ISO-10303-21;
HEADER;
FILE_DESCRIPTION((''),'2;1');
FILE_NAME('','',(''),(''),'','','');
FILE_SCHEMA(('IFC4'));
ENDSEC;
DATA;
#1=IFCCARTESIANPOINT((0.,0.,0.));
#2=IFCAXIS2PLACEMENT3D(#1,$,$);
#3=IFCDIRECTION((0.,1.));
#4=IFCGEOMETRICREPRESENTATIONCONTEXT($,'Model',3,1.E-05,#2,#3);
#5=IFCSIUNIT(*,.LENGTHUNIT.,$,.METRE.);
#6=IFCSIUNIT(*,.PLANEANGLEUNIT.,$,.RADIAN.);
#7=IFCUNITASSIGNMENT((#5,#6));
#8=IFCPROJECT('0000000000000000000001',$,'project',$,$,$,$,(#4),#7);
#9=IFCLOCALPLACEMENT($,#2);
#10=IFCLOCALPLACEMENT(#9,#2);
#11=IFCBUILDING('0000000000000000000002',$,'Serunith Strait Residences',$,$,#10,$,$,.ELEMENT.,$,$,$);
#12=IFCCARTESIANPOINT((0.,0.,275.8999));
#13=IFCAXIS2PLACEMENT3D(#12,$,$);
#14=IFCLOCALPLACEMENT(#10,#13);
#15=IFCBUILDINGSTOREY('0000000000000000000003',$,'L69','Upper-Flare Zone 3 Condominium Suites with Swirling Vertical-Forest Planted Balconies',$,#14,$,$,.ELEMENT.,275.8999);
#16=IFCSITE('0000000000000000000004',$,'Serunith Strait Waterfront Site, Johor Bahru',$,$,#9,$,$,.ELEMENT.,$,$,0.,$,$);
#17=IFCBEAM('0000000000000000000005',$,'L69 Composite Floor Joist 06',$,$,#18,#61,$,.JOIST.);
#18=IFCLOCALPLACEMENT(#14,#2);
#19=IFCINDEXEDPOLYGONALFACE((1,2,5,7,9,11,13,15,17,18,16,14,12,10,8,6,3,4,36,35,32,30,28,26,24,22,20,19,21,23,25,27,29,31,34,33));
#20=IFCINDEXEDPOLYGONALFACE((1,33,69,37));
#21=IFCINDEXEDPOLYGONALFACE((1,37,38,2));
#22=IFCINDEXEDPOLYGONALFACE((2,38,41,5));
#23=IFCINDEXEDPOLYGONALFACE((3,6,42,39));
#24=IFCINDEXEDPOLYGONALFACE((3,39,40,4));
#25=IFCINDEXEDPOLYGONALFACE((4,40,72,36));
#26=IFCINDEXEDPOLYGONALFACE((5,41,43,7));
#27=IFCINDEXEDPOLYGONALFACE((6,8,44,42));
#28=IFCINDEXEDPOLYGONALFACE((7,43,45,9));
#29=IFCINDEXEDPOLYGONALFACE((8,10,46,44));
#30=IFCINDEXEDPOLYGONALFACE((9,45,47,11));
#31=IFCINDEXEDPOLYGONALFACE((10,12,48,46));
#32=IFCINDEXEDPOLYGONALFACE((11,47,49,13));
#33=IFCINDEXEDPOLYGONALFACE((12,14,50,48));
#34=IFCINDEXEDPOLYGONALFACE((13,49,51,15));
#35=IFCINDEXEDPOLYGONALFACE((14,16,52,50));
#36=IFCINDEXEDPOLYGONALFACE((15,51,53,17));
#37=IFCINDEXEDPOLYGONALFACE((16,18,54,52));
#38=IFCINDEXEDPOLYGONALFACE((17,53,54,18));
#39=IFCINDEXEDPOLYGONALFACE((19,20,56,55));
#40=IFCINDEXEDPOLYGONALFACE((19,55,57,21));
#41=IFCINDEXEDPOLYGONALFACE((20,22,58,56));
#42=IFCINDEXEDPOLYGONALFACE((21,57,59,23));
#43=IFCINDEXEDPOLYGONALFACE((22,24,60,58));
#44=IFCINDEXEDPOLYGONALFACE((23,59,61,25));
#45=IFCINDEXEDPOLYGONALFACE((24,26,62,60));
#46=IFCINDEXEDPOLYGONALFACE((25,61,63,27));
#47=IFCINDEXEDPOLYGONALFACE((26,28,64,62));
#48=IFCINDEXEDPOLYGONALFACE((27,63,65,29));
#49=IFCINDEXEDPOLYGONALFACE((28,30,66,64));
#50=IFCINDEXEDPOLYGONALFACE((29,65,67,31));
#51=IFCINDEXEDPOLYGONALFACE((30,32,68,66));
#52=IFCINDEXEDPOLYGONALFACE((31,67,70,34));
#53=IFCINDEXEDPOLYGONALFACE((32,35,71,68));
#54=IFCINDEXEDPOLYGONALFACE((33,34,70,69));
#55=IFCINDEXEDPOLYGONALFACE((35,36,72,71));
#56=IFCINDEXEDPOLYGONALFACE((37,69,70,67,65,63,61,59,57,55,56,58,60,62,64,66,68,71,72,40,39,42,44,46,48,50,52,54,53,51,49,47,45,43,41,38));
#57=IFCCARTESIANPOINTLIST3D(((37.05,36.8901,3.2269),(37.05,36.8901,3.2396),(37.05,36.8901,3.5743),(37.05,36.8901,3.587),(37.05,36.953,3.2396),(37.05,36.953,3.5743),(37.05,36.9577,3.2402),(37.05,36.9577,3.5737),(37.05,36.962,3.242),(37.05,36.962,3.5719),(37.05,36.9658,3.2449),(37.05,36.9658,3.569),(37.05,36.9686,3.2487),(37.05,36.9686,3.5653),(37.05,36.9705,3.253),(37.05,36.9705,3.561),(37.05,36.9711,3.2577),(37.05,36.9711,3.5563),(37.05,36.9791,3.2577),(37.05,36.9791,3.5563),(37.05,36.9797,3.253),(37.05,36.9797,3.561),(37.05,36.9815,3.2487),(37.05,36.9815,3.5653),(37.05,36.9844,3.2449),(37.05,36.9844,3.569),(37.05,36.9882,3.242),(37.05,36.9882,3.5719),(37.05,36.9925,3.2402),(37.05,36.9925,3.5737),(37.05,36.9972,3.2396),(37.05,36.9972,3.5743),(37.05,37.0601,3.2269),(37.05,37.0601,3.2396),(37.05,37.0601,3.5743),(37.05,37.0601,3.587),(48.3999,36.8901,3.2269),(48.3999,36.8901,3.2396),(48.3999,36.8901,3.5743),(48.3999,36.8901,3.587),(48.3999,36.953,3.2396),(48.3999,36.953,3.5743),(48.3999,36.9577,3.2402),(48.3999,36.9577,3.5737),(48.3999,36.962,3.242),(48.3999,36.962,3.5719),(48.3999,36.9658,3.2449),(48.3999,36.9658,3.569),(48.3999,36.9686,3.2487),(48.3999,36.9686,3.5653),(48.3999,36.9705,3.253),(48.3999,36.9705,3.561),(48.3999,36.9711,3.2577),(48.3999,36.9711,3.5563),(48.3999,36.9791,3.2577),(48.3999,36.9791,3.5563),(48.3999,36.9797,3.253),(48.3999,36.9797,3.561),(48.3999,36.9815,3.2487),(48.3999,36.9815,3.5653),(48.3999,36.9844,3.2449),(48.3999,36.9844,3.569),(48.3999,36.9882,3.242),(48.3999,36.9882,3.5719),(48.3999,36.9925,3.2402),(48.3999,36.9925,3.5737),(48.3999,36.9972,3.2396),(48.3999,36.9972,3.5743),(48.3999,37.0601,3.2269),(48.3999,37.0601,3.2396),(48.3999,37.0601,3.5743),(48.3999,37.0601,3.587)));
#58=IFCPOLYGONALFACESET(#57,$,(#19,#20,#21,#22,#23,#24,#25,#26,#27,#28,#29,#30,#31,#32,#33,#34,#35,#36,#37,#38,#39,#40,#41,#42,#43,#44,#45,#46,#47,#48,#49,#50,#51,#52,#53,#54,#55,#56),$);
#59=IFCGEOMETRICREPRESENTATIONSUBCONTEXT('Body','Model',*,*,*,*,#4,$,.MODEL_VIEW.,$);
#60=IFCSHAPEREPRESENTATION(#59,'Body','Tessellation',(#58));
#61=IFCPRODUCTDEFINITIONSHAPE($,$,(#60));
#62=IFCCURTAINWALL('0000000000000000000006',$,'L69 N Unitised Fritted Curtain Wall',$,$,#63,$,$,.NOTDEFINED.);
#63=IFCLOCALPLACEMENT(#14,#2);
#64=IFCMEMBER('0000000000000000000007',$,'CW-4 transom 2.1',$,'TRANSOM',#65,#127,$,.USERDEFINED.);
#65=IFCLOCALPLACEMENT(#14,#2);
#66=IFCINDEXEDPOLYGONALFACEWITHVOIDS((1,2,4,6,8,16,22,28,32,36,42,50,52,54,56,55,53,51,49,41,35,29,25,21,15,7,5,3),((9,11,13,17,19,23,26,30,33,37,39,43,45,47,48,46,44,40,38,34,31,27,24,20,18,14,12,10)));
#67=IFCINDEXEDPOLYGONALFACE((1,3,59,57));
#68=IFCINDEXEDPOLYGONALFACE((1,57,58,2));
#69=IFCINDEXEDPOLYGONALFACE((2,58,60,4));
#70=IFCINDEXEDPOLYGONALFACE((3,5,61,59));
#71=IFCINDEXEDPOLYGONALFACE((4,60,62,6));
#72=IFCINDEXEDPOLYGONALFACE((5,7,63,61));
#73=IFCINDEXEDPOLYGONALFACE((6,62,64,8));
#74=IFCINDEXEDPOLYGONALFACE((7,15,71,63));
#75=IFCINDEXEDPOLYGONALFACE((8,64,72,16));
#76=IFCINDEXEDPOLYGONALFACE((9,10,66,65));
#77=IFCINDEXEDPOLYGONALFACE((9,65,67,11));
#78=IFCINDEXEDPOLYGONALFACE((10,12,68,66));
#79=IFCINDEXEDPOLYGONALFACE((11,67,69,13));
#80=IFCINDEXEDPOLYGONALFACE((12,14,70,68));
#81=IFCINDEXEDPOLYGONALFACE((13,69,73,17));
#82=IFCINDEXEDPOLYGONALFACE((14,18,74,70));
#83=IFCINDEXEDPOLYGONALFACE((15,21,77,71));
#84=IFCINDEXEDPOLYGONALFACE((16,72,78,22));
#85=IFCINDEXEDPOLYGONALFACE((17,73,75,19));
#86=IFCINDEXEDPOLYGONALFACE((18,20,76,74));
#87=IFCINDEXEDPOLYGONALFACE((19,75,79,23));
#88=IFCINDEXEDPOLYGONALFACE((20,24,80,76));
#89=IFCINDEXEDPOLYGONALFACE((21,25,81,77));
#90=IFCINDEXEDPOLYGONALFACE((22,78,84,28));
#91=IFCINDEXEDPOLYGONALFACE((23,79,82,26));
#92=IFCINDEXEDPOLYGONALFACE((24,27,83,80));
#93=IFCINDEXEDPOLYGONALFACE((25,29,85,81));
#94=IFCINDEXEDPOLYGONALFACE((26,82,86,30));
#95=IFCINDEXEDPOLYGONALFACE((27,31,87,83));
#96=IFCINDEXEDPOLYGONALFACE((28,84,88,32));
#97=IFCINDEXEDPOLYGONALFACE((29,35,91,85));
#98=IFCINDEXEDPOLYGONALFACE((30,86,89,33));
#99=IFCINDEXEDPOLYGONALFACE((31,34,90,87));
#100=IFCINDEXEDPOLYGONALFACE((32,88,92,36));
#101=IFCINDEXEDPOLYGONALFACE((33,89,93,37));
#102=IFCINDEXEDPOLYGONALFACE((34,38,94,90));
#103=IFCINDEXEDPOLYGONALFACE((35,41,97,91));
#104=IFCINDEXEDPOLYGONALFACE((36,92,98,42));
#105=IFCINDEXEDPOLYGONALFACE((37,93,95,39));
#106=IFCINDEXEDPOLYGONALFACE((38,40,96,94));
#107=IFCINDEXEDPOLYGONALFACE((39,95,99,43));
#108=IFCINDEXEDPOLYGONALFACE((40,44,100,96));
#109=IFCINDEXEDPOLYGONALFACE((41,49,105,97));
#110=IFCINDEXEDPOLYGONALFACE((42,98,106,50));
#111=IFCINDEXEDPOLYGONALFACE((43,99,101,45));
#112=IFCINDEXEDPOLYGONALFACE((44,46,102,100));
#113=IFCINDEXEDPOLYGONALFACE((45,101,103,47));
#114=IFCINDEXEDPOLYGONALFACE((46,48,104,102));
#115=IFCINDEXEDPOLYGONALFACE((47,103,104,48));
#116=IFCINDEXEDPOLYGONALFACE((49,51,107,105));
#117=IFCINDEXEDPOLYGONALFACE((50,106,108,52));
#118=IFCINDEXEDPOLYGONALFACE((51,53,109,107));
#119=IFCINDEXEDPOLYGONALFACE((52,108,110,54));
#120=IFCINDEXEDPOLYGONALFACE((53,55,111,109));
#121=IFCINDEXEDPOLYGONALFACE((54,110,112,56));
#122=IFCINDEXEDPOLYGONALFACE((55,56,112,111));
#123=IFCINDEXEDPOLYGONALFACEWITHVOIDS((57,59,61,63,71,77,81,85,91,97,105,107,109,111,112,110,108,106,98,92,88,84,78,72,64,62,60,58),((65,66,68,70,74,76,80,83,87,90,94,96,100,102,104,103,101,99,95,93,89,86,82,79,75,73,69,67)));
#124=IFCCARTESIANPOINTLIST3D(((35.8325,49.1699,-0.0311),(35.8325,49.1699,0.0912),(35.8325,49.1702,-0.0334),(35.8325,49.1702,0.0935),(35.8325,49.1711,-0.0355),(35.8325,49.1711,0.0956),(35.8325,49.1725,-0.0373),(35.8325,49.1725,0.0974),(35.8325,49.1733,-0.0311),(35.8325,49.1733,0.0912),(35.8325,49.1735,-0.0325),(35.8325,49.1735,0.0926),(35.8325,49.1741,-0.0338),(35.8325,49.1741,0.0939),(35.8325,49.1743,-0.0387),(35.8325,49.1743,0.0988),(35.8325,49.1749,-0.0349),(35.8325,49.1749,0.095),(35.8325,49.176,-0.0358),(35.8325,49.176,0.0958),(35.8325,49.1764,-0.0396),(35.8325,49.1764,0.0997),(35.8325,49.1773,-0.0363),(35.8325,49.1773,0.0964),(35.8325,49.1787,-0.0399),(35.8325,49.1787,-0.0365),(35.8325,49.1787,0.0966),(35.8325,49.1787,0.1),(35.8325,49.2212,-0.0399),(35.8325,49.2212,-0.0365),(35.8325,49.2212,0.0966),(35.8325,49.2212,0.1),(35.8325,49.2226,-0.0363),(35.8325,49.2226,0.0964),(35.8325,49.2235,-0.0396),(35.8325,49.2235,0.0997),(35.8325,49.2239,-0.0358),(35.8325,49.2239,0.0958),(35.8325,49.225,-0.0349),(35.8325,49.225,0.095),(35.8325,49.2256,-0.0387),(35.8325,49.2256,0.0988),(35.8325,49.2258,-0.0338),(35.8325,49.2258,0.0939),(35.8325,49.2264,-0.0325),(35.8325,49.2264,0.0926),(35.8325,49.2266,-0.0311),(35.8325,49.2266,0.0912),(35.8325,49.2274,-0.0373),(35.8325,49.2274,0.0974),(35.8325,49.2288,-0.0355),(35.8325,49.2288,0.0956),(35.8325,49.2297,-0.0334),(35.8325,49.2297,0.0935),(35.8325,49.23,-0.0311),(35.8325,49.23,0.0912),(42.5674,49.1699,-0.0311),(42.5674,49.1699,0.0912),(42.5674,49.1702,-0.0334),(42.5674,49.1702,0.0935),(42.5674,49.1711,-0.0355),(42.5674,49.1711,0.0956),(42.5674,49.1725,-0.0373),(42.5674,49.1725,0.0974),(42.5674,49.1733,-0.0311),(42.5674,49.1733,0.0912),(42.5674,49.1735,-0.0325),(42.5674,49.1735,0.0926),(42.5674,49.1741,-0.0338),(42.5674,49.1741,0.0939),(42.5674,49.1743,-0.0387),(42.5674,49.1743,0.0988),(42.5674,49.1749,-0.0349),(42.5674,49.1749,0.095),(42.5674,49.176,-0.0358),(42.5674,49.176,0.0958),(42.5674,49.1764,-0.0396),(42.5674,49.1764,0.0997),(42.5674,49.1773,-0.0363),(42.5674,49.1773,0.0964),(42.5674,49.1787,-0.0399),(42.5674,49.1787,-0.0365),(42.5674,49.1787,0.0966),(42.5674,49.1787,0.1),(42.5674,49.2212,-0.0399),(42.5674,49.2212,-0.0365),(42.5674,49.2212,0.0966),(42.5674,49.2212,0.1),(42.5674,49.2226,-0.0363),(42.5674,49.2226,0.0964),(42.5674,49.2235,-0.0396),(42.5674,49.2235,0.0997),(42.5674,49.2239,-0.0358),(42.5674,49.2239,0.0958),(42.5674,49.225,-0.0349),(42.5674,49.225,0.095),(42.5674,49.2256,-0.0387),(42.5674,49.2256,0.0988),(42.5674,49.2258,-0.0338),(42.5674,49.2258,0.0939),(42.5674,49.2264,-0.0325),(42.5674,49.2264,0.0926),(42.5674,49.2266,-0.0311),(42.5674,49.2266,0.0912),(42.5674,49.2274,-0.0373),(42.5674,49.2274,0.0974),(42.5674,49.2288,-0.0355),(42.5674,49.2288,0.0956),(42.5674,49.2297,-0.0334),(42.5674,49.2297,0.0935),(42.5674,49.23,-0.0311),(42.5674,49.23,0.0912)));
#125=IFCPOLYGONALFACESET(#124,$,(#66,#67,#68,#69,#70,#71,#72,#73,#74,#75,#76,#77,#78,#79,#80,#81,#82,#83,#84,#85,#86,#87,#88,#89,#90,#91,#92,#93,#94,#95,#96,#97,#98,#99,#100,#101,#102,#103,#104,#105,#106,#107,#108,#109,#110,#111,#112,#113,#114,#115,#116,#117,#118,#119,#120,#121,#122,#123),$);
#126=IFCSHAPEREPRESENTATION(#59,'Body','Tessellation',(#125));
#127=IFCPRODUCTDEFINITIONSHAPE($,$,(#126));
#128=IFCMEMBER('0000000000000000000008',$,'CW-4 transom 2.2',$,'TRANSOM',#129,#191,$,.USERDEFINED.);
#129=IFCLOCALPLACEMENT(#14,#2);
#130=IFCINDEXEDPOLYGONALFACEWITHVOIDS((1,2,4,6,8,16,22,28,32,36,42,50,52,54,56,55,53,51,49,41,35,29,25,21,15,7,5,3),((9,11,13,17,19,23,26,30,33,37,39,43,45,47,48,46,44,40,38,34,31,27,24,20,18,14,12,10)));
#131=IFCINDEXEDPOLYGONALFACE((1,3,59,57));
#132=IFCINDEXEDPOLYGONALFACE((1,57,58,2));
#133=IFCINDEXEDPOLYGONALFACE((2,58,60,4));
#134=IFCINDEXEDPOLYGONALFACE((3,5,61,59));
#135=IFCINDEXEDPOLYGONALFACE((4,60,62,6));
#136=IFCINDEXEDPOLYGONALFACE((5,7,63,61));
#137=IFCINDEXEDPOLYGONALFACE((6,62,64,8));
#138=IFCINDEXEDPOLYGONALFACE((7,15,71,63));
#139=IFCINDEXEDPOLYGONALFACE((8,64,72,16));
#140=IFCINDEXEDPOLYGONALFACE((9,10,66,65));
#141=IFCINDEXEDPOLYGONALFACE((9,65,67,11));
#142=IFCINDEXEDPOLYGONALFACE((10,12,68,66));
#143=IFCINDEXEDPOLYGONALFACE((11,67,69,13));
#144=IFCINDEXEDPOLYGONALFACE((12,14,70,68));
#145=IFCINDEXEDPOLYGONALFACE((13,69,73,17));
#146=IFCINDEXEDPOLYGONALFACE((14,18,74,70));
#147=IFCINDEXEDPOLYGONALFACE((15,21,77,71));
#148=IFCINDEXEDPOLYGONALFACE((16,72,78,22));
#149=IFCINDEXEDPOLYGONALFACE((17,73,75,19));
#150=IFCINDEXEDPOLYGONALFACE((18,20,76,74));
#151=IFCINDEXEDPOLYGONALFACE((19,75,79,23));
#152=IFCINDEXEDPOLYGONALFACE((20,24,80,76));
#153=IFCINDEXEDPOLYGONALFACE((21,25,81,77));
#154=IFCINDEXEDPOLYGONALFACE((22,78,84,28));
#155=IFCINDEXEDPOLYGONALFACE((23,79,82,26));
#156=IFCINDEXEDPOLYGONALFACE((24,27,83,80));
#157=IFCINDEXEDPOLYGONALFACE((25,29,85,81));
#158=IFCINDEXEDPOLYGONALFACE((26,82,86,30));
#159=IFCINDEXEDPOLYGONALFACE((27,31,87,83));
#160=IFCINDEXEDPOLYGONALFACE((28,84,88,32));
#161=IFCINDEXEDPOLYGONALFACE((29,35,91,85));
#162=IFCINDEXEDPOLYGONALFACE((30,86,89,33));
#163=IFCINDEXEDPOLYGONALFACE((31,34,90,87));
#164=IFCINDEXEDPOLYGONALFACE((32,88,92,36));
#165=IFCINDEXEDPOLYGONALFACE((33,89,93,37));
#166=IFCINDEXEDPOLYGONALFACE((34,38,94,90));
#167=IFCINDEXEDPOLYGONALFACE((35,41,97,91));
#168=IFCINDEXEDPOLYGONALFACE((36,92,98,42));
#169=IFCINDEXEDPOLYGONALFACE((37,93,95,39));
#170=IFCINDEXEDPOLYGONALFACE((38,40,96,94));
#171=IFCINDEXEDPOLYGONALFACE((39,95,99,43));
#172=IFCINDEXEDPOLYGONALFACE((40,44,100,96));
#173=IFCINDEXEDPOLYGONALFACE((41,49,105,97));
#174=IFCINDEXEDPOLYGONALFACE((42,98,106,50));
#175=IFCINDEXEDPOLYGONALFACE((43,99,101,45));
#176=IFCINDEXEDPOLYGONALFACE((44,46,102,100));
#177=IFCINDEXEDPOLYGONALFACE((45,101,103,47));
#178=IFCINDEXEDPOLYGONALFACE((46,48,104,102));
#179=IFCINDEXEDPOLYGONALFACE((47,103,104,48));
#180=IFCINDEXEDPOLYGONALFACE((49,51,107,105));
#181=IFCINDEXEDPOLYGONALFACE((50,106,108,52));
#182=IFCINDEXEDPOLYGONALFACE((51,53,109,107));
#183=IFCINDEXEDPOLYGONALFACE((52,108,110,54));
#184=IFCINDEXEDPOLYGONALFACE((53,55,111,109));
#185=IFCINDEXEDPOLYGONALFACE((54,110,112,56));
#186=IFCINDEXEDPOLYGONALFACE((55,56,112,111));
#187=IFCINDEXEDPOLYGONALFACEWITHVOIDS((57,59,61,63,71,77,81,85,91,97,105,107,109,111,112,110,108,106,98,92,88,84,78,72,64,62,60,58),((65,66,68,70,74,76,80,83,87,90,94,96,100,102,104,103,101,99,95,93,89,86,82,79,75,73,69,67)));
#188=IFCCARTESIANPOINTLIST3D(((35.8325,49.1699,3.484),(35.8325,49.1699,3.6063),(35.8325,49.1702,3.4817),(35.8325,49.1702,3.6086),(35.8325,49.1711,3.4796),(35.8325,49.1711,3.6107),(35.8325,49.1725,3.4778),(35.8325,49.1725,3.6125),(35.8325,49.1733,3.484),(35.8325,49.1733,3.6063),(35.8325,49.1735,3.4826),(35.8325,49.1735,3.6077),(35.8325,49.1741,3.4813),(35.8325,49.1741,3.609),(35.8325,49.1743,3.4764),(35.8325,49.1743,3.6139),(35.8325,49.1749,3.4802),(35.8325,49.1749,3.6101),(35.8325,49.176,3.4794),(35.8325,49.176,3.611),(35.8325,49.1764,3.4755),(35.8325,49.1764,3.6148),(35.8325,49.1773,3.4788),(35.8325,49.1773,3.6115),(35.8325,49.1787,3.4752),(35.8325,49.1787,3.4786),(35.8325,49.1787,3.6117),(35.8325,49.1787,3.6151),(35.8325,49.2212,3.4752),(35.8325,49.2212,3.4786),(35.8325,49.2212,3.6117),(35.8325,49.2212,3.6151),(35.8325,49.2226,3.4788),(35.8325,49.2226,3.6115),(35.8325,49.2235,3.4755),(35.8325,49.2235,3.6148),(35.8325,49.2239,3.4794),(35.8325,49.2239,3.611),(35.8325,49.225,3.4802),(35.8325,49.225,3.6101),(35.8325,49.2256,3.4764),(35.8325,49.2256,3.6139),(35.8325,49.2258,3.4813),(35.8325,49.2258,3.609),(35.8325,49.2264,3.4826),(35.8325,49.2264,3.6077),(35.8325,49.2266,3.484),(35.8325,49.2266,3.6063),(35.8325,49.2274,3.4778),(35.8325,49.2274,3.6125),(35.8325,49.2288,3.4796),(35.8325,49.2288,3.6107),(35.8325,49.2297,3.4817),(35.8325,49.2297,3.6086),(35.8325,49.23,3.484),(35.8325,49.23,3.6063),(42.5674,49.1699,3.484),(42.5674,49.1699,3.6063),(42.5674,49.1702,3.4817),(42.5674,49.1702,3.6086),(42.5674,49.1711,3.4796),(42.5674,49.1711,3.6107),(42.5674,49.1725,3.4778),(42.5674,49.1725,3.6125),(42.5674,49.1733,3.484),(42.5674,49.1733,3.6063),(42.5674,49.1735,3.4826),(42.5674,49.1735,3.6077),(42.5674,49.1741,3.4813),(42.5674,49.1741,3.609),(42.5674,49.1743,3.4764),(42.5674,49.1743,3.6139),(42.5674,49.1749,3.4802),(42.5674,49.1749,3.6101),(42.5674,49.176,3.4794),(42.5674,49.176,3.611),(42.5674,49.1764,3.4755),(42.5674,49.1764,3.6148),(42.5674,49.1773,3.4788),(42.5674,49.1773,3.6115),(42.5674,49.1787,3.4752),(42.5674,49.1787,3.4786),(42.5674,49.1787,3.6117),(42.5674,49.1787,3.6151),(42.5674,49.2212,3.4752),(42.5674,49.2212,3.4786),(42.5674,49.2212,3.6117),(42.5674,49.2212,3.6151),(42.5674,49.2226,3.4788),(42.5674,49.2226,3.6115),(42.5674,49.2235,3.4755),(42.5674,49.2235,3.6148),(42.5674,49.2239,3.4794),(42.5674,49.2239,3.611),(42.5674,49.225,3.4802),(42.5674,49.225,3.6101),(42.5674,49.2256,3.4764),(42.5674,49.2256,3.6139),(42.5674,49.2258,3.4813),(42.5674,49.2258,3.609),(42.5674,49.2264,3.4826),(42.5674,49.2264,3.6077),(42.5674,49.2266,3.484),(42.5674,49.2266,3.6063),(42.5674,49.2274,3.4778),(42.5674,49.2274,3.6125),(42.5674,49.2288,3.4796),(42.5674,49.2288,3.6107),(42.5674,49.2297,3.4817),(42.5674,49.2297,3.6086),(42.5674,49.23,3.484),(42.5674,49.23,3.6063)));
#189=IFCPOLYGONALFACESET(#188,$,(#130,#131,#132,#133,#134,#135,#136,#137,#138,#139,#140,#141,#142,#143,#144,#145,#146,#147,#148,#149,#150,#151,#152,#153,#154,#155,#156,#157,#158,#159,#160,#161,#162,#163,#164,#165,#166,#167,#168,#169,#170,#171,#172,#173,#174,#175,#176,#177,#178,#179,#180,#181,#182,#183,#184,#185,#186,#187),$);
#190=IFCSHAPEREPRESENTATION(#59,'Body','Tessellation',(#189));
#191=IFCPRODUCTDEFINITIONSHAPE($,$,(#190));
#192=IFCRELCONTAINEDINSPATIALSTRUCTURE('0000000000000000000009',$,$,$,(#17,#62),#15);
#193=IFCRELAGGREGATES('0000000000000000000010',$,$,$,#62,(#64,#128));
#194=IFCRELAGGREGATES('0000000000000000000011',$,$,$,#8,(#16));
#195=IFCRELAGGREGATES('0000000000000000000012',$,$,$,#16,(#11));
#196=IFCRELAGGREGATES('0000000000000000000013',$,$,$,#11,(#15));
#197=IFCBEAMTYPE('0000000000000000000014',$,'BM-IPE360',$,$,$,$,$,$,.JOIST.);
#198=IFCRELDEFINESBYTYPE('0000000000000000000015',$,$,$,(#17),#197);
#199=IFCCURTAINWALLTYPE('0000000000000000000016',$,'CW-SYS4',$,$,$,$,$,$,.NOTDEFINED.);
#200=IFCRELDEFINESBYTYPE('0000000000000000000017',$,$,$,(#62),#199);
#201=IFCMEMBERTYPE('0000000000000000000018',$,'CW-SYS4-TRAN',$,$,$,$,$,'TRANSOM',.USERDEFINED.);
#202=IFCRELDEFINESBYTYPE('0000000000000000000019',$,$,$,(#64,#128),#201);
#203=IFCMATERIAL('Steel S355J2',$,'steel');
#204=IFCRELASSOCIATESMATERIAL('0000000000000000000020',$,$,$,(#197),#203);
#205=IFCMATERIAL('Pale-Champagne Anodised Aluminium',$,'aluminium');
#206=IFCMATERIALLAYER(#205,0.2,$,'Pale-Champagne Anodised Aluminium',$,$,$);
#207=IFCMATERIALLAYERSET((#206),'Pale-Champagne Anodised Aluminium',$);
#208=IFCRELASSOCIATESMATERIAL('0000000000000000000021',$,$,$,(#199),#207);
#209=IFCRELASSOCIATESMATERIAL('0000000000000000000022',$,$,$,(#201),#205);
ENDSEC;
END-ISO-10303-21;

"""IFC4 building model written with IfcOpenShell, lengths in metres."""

from ifc_helpers import new_model, si_unit, direction, frame, origin, origin_2d, place, context, subcontext, project, spatial, hollow_rectangle, i_section, extrude, source, transform, mapped, material, layer, layer_set, material_profile, profile_set, type_object, element, aggregate, save


model = new_model("IFC4")

# Units and contexts
model_context = context("Model", 3, precision=1e-05, world=origin(), true_north=direction((0.0, 1.0)))
body_context = subcontext(model_context, "Body", "Model", "MODEL_VIEW")
ifc_project = project(units=[si_unit("LENGTHUNIT", "METRE"), si_unit("PLANEANGLEUNIT", "RADIAN")], contexts=[model_context])

# Site, building, storey
site_placement = place(None, origin())
site = spatial("IfcSite", under=ifc_project, at=site_placement, Name="Serunith Strait Waterfront Site, Johor Bahru", CompositionType="ELEMENT", RefElevation=0.0)
building_placement = place(site_placement, origin())
building = spatial("IfcBuilding", under=site, at=building_placement, Name="Serunith Strait Residences", CompositionType="ELEMENT")
storey_placement = place(building_placement, frame((0.0, 0.0, 275.8999)))
storey = spatial("IfcBuildingStorey", under=building, at=storey_placement, Name="L69", Description="Upper-Flare Zone 3 Condominium Suites with Swirling Vertical-Forest Planted Balconies", CompositionType="ELEMENT", Elevation=275.8999)

# Beam
ifc_material_1 = material(Name="Steel S355J2", Category="steel")
ifc_material_profile_1 = material_profile(ifc_material_1, i_section(OverallWidth=0.1699, OverallDepth=0.3601, WebThickness=0.0081, FlangeThickness=0.0127, FilletRadius=0.0181, at=origin_2d()), Name="IPE 360")
ifc_profile_set_1 = profile_set([ifc_material_profile_1], Name="Steel S355J2")
beam_type_1 = type_object("IfcBeamType", Name="BM-IPE360", PredefinedType="JOIST", material=ifc_profile_set_1)
shared_shape_1 = source(origin(), body_context, "Body", "SweptSolid", [
    extrude(i_section(OverallWidth=0.1699, OverallDepth=0.3601, WebThickness=0.0081, FlangeThickness=0.0127, FilletRadius=0.0181, at=origin_2d()), origin(), (0.0, 0.0, 1.0), 11.3499),
])
beam_1_placement = place(storey_placement, frame((37.05, 36.9751, 3.407), z_axis=(1.0, 0.0, 0.0), x_axis=(0.0, 1.0, 0.0)))
element("IfcBeam", 1, at=beam_1_placement, inside=storey, type_object=beam_type_1, Name="L69 Composite Floor Joist 06", PredefinedType="JOIST", context=body_context, shape_type="MappedRepresentation", body=[
    mapped(shared_shape_1, transform((0.0, 0.0, 0.0), scale=1.0)),
])

# Curtain wall, members
ifc_material_2 = material(Name="Pale-Champagne Anodised Aluminium", Category="aluminium")
ifc_layer_1 = layer(ifc_material_2, 0.2, Name="Pale-Champagne Anodised Aluminium")
ifc_layer_set_1 = layer_set([ifc_layer_1], Name="Pale-Champagne Anodised Aluminium")
curtain_wall_type = type_object("IfcCurtainWallType", Name="CW-SYS4", PredefinedType="NOTDEFINED", material=ifc_layer_set_1)
curtain_wall_placement = place(storey_placement, origin())
curtain_wall = element("IfcCurtainWall", 2, at=curtain_wall_placement, inside=storey, type_object=curtain_wall_type, Name="L69 N Unitised Fritted Curtain Wall", PredefinedType="NOTDEFINED")
ifc_material_profile_2 = material_profile(ifc_material_2, hollow_rectangle(XDim=0.0601, YDim=0.1399, WallThickness=0.0034, InnerFilletRadius=0.0054, OuterFilletRadius=0.0088, at=origin_2d()), Name="ALU 140x60x3.5")
ifc_profile_set_2 = profile_set([ifc_material_profile_2], Name="Pale-Champagne Anodised Aluminium")
member_type_1 = type_object("IfcMemberType", Name="CW-SYS4-TRAN", ElementType="TRANSOM", PredefinedType="USERDEFINED", material=ifc_profile_set_2)
shared_shape_2 = source(origin(), body_context, "Body", "SweptSolid", [
    extrude(hollow_rectangle(XDim=0.0601, YDim=0.1399, WallThickness=0.0034, InnerFilletRadius=0.0054, OuterFilletRadius=0.0088, at=origin_2d()), origin(), (0.0, 0.0, 1.0), 6.7349),
])
member_1_placement = place(storey_placement, frame((42.5674, 49.2, 0.03), z_axis=(-1.0, 0.0, 0.0), x_axis=(0.0, -1.0, 0.0)))
member_1 = element("IfcMember", 3, at=member_1_placement, type_object=member_type_1, Name="CW-4 transom 2.1", ObjectType="TRANSOM", PredefinedType="USERDEFINED", context=body_context, shape_type="MappedRepresentation", body=[
    mapped(shared_shape_2, transform((0.0, 0.0, 0.0), scale=1.0)),
])
member_2_placement = place(storey_placement, frame((42.5674, 49.2, 3.5452), z_axis=(-1.0, 0.0, 0.0), x_axis=(0.0, -1.0, 0.0)))
member_2 = element("IfcMember", 4, at=member_2_placement, type_object=member_type_1, Name="CW-4 transom 2.2", ObjectType="TRANSOM", PredefinedType="USERDEFINED", context=body_context, shape_type="MappedRepresentation", body=[
    mapped(shared_shape_2, transform((0.0, 0.0, 0.0), scale=1.0)),
])
aggregate(curtain_wall, [member_1, member_2])

save(model, "model.ifc")
